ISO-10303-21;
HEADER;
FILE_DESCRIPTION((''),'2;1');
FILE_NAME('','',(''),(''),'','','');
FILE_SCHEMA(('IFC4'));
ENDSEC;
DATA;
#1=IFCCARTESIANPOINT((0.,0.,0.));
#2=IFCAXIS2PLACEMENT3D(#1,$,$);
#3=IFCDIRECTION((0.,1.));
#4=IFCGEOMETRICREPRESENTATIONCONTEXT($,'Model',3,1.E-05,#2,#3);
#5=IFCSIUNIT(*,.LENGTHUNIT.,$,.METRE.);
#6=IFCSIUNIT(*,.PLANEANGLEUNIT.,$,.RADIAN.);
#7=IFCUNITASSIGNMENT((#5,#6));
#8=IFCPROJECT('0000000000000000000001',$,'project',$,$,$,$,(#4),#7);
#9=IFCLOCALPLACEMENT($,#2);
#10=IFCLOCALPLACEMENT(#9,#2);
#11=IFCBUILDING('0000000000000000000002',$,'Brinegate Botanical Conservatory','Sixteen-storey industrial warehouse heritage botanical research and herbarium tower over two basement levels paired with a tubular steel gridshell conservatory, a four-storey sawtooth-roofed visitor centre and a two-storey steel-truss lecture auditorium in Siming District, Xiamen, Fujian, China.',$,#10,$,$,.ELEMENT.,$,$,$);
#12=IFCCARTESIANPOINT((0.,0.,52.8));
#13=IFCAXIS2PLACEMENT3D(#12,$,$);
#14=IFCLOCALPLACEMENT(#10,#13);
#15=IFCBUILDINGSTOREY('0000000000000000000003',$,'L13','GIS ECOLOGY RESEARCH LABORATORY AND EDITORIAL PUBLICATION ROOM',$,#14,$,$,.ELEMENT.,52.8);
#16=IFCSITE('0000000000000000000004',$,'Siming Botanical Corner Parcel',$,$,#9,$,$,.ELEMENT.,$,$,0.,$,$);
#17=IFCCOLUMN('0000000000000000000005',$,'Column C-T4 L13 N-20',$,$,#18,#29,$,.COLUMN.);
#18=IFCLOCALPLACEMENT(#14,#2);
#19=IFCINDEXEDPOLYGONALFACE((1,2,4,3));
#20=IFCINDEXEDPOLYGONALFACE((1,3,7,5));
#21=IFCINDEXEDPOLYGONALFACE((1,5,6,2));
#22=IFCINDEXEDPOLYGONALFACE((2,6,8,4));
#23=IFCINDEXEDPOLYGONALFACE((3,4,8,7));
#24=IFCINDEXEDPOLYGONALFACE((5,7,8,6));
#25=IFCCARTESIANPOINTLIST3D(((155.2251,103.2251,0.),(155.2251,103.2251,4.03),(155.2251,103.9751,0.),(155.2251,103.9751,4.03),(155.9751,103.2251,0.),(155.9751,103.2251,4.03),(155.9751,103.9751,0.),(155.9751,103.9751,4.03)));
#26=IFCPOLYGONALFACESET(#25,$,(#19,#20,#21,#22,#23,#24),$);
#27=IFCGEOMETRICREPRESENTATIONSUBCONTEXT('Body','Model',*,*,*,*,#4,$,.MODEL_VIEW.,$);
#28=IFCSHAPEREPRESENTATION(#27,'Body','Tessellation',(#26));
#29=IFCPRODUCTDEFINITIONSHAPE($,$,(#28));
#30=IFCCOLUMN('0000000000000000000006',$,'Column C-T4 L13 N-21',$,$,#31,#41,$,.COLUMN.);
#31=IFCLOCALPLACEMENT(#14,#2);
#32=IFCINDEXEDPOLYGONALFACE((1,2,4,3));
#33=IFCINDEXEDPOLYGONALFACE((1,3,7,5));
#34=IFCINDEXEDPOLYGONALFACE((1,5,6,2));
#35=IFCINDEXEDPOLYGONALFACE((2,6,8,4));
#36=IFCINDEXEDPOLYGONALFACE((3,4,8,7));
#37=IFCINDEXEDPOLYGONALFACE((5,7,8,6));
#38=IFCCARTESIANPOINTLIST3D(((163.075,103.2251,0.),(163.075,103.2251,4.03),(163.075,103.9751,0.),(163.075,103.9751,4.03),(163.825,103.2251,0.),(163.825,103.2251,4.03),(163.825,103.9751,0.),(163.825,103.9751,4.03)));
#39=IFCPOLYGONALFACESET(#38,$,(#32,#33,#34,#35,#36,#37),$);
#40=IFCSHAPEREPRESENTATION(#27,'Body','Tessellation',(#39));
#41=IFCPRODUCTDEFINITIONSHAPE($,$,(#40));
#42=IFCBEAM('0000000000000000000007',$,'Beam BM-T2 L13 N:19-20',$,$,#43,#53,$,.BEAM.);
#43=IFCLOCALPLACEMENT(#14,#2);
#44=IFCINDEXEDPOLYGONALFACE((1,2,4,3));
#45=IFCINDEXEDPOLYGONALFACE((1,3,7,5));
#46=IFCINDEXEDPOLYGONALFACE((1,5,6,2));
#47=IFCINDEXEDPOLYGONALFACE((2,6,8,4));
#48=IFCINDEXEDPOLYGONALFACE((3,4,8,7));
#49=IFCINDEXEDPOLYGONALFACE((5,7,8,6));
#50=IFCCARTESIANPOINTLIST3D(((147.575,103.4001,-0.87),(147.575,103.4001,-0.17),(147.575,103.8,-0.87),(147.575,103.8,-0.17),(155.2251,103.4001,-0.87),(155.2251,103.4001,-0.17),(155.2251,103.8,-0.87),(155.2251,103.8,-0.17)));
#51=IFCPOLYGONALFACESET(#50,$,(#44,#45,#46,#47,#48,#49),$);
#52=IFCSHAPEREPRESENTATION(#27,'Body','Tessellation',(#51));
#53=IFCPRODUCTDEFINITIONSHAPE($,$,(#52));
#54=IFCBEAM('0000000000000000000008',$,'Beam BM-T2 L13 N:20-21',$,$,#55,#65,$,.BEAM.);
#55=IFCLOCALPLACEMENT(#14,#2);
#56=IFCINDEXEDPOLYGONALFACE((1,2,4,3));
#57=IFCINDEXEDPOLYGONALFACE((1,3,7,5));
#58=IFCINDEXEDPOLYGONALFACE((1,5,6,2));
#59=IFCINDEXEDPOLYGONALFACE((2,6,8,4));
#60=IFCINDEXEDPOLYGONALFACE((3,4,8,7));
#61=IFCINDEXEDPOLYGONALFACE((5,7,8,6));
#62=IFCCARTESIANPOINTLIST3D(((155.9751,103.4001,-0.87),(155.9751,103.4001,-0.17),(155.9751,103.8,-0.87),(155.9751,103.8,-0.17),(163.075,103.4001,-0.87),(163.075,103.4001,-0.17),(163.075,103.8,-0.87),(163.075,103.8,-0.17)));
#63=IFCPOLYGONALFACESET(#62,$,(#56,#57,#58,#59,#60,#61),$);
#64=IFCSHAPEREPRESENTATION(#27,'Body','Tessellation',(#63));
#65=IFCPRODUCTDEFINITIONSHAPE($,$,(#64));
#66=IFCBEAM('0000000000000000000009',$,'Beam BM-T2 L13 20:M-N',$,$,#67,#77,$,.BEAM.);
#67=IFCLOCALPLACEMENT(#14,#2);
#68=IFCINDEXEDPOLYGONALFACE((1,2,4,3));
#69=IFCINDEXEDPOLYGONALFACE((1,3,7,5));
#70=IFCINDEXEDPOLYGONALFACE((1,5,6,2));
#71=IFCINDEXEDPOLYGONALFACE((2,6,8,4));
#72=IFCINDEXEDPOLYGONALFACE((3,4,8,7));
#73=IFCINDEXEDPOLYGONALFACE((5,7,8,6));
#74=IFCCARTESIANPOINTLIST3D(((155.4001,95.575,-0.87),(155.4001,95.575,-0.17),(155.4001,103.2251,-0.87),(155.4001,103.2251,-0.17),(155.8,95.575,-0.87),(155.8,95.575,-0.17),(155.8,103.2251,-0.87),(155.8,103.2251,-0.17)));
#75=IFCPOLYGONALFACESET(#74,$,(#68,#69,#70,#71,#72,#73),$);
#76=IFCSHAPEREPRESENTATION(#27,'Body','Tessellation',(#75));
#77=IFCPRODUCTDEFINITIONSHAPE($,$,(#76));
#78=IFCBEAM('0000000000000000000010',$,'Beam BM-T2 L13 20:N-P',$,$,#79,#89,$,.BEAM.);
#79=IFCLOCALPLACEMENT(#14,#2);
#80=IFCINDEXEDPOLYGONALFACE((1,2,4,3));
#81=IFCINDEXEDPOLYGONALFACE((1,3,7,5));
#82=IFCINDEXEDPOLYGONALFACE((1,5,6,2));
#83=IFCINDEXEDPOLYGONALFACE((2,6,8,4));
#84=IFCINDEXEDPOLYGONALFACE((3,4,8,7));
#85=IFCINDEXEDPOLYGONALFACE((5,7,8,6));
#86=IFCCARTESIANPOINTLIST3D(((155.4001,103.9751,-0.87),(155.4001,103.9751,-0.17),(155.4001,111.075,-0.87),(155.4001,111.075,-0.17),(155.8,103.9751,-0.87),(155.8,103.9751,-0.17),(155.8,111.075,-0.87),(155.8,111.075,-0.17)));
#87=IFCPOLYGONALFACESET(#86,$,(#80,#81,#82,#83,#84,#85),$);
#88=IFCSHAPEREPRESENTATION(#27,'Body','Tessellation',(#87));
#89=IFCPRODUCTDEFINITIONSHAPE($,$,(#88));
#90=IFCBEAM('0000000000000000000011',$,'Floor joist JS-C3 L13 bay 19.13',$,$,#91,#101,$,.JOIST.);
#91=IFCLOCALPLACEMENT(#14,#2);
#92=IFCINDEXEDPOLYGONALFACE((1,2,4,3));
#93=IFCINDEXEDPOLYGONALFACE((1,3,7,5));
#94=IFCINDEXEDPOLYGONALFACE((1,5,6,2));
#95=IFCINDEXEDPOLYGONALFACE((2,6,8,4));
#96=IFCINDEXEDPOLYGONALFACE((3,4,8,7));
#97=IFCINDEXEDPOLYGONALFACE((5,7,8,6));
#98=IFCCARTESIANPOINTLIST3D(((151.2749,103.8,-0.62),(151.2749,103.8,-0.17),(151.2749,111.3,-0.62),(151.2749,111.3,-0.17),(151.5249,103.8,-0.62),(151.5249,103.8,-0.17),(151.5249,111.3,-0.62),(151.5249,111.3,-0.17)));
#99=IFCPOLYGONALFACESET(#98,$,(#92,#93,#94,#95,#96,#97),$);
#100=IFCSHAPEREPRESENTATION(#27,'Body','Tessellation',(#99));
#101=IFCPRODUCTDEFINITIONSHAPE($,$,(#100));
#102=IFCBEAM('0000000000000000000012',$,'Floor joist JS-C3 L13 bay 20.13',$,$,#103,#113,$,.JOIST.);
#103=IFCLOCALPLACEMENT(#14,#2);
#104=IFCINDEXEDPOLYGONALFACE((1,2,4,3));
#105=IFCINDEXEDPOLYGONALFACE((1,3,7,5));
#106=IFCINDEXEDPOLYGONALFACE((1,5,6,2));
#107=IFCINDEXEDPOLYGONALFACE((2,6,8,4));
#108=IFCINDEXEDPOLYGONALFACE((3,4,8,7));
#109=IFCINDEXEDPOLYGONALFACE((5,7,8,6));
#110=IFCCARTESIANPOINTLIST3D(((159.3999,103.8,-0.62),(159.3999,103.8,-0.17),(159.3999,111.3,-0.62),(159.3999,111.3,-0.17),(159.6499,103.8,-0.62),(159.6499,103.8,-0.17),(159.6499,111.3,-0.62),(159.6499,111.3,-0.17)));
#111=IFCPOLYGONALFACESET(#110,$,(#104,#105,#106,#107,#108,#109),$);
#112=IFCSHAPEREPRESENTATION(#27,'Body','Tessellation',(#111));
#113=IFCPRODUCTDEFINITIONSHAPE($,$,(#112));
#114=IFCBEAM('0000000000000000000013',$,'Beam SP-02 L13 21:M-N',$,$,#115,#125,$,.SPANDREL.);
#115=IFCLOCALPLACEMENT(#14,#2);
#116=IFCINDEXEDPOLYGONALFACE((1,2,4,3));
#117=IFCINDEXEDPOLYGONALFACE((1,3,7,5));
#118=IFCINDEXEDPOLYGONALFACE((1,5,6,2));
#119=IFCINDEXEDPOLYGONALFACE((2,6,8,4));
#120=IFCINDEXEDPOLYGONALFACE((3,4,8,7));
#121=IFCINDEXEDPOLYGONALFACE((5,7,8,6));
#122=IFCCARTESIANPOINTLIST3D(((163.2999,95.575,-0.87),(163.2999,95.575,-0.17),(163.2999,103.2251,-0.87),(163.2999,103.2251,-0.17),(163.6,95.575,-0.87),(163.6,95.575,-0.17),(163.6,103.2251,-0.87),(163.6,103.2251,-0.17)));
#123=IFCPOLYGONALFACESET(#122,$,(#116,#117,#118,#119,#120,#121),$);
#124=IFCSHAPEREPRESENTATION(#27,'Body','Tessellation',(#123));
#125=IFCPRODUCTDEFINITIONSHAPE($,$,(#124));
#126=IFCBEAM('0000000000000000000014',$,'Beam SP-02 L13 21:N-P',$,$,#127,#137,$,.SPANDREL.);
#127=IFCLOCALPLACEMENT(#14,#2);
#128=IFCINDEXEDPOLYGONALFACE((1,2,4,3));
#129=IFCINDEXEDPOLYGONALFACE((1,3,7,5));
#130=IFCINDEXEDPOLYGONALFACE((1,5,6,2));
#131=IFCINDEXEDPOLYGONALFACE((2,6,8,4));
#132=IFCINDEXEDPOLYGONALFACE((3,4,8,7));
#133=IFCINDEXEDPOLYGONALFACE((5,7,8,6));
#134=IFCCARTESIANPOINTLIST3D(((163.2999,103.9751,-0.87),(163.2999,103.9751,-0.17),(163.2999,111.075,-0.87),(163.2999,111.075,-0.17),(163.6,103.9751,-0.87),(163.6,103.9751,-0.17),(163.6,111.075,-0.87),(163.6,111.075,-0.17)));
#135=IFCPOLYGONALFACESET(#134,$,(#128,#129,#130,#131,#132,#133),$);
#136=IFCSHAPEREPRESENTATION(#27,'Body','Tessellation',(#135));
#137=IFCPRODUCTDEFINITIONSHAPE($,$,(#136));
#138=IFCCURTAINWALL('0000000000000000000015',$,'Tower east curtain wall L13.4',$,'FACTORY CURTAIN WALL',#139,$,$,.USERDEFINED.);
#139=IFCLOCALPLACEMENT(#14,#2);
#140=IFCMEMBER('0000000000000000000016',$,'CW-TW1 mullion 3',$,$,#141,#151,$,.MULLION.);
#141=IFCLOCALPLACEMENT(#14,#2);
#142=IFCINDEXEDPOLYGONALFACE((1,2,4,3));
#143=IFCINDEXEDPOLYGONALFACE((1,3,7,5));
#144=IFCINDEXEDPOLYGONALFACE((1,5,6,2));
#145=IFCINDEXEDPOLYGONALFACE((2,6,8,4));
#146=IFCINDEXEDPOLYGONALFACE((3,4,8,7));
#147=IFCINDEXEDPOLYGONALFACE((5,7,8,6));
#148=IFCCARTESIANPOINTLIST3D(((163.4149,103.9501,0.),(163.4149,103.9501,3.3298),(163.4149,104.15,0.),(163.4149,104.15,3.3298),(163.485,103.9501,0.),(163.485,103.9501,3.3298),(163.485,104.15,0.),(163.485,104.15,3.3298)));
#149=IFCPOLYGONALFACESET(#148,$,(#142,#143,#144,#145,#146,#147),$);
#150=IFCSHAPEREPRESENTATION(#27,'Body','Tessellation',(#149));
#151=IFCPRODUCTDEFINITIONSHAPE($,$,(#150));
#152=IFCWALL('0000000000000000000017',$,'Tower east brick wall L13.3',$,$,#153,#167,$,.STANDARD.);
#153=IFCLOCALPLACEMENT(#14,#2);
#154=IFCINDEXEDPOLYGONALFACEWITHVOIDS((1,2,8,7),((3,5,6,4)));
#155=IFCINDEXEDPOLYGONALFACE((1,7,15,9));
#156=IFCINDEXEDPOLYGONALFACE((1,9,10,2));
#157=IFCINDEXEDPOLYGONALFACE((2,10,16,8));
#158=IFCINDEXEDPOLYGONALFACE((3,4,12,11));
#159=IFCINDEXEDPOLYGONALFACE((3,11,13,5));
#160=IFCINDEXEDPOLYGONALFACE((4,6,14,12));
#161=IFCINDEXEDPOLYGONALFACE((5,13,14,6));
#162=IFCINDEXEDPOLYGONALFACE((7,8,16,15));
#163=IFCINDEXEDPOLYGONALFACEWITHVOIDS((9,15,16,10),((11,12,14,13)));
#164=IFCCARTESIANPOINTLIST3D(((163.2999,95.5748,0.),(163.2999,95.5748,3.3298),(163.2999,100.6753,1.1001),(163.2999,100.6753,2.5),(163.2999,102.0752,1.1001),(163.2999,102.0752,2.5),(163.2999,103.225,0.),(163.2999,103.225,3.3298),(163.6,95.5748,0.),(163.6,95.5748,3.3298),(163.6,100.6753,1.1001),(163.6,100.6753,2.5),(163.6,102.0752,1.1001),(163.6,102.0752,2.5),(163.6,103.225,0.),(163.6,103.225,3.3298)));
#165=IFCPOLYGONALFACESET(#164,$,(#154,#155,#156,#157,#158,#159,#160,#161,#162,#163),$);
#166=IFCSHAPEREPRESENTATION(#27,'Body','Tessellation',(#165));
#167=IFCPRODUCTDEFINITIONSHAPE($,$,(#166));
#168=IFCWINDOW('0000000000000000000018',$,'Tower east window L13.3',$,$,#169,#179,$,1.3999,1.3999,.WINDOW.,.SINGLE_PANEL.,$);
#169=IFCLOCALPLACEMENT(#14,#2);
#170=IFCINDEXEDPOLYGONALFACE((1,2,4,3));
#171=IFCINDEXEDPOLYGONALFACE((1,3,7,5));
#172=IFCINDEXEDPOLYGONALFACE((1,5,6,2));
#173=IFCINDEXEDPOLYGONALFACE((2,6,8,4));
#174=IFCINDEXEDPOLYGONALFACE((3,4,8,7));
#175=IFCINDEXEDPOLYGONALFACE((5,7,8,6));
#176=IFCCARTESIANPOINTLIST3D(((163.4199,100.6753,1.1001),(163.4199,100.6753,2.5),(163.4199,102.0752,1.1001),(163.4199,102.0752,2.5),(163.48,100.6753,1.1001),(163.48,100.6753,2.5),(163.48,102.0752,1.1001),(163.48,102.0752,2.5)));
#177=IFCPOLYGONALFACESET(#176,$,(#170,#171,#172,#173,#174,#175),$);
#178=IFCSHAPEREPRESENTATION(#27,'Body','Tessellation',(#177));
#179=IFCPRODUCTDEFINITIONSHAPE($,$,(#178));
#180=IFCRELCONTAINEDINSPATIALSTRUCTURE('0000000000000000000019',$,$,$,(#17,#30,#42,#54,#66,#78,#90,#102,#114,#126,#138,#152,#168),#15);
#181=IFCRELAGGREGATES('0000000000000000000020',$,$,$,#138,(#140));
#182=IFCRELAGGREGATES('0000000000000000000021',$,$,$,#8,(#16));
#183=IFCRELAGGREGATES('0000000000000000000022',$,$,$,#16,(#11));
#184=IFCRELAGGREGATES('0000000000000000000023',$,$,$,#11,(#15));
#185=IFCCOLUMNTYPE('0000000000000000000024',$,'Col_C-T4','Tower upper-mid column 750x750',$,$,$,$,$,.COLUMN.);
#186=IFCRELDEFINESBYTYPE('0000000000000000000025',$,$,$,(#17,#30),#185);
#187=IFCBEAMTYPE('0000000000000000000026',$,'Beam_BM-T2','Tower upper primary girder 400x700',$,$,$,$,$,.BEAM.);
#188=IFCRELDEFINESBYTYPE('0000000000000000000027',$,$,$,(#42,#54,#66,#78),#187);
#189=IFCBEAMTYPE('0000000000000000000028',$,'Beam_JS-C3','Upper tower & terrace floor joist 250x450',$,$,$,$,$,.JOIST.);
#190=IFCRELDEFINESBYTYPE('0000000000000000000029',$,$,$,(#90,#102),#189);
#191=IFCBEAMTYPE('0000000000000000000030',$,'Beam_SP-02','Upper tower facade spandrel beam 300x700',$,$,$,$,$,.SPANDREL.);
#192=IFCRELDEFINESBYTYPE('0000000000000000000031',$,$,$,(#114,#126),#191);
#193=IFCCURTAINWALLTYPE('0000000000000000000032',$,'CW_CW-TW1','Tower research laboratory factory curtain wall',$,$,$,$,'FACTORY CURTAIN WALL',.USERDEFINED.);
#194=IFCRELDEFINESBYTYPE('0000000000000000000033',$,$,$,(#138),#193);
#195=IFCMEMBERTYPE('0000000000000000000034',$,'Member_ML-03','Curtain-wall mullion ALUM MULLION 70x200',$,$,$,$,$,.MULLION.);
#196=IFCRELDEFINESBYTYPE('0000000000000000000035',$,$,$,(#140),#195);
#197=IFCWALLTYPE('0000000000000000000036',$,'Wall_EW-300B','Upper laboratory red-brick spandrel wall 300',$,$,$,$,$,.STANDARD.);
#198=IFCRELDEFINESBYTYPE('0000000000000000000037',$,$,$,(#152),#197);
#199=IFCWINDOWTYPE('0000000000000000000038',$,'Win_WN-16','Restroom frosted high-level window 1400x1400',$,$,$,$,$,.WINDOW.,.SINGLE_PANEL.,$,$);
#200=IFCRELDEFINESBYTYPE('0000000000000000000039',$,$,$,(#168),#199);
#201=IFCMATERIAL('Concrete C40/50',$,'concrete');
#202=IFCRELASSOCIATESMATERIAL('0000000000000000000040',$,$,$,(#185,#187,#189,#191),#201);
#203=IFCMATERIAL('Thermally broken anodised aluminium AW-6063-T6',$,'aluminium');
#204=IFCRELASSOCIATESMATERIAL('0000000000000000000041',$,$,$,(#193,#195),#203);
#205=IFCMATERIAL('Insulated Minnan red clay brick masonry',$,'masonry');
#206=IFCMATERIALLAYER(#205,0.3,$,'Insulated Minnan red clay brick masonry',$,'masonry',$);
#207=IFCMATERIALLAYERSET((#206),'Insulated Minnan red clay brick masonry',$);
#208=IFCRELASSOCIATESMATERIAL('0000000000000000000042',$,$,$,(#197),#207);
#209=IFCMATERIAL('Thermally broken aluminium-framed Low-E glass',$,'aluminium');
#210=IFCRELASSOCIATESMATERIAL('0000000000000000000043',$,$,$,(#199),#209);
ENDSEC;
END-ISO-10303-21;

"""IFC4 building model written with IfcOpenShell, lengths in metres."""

from ifc_helpers import new_model, si_unit, direction, frame, frame_2d, origin, origin_2d, place, context, subcontext, project, spatial, rectangle, extrude, material, layer, layer_set, material_profile, profile_set, type_object, element, fill, aggregate, save


model = new_model("IFC4")

# Units and contexts
model_context = context("Model", 3, precision=1e-05, world=origin(), true_north=direction((0.0, 1.0)))
body_context = subcontext(model_context, "Body", "Model", "MODEL_VIEW")
ifc_project = project(units=[si_unit("LENGTHUNIT", "METRE"), si_unit("PLANEANGLEUNIT", "RADIAN")], contexts=[model_context])

# Site, building, storey
site_placement = place(None, origin())
site = spatial("IfcSite", under=ifc_project, at=site_placement, Name="Siming Botanical Corner Parcel", CompositionType="ELEMENT", RefElevation=0.0)
building_placement = place(site_placement, origin())
building = spatial("IfcBuilding", under=site, at=building_placement, Name="Brinegate Botanical Conservatory", Description="Sixteen-storey industrial warehouse heritage botanical research and herbarium tower over two basement levels paired with a tubular steel gridshell conservatory, a four-storey sawtooth-roofed visitor centre and a two-storey steel-truss lecture auditorium in Siming District, Xiamen, Fujian, China.", CompositionType="ELEMENT")
storey_placement = place(building_placement, frame((0.0, 0.0, 52.8)))
storey = spatial("IfcBuildingStorey", under=building, at=storey_placement, Name="L13", Description="GIS ECOLOGY RESEARCH LABORATORY AND EDITORIAL PUBLICATION ROOM", CompositionType="ELEMENT", Elevation=52.8)

# Columns
ifc_material_1 = material(Name="Concrete C40/50", Category="concrete")
ifc_material_profile_1 = material_profile(ifc_material_1, rectangle(XDim=0.75, YDim=0.75, at=origin_2d()), Name="RC COL 750x750")
ifc_profile_set_1 = profile_set([ifc_material_profile_1], Name="Concrete C40/50")
column_type = type_object("IfcColumnType", Name="Col_C-T4", Description="Tower upper-mid column 750x750", PredefinedType="COLUMN", material=ifc_profile_set_1)
for number, where, z_axis, x_axis, name in (
    (1, (155.6001, 103.6001, 0.0), (0.0, 0.0, 1.0), (1.0, 0.0, 0.0), "Column C-T4 L13 N-20"),
    (2, (163.45, 103.6001, 0.0), (0.0, 0.0, 1.0), (1.0, 0.0, 0.0), "Column C-T4 L13 N-21"),
):
    element("IfcColumn", number, at=place(storey_placement, frame(where, z_axis=z_axis, x_axis=x_axis)), inside=storey, type_object=column_type, Name=name, PredefinedType="COLUMN", context=body_context, shape_type="SweptSolid", body=[
        extrude(rectangle(XDim=0.75, YDim=0.75, at=origin_2d()), origin(), (0.0, 0.0, 1.0), 4.03),
    ])

# Beams
ifc_material_profile_2 = material_profile(ifc_material_1, rectangle(XDim=0.3999, YDim=0.7, at=origin_2d()), Name="RC BM 400x700")
ifc_profile_set_2 = profile_set([ifc_material_profile_2], Name="Concrete C40/50")
beam_type_1 = type_object("IfcBeamType", Name="Beam_BM-T2", Description="Tower upper primary girder 400x700", PredefinedType="BEAM", material=ifc_profile_set_2)
beam_1_placement = place(storey_placement, frame((147.575, 103.6001, -0.52), z_axis=(1.0, 0.0, 0.0), x_axis=(0.0, 1.0, 0.0)))
element("IfcBeam", 3, at=beam_1_placement, inside=storey, type_object=beam_type_1, Name="Beam BM-T2 L13 N:19-20", PredefinedType="BEAM", context=body_context, shape_type="SweptSolid", body=[
    extrude(rectangle(XDim=0.3999, YDim=0.7, at=origin_2d()), origin(), (0.0, 0.0, 1.0), 7.6501),
])
beam_2_placement = place(storey_placement, frame((155.9751, 103.6001, -0.52), z_axis=(1.0, 0.0, 0.0), x_axis=(0.0, 1.0, 0.0)))
element("IfcBeam", 4, at=beam_2_placement, inside=storey, type_object=beam_type_1, Name="Beam BM-T2 L13 N:20-21", PredefinedType="BEAM", context=body_context, shape_type="SweptSolid", body=[
    extrude(rectangle(XDim=0.3999, YDim=0.7, at=origin_2d()), origin(), (0.0, 0.0, 1.0), 7.0999),
])
beam_3_placement = place(storey_placement, frame((155.6001, 95.575, -0.52), z_axis=(0.0, 1.0, 0.0), x_axis=(-1.0, 0.0, 0.0)))
element("IfcBeam", 5, at=beam_3_placement, inside=storey, type_object=beam_type_1, Name="Beam BM-T2 L13 20:M-N", PredefinedType="BEAM", context=body_context, shape_type="SweptSolid", body=[
    extrude(rectangle(XDim=0.3999, YDim=0.7, at=origin_2d()), origin(), (0.0, 0.0, 1.0), 7.6501),
])
beam_4_placement = place(storey_placement, frame((155.6001, 103.9751, -0.52), z_axis=(0.0, 1.0, 0.0), x_axis=(-1.0, 0.0, 0.0)))
element("IfcBeam", 6, at=beam_4_placement, inside=storey, type_object=beam_type_1, Name="Beam BM-T2 L13 20:N-P", PredefinedType="BEAM", context=body_context, shape_type="SweptSolid", body=[
    extrude(rectangle(XDim=0.3999, YDim=0.7, at=origin_2d()), origin(), (0.0, 0.0, 1.0), 7.0999),
])
ifc_material_profile_3 = material_profile(ifc_material_1, rectangle(XDim=0.25, YDim=0.45, at=origin_2d()), Name="RC JST 250x450")
ifc_profile_set_3 = profile_set([ifc_material_profile_3], Name="Concrete C40/50")
beam_type_2 = type_object("IfcBeamType", Name="Beam_JS-C3", Description="Upper tower & terrace floor joist 250x450", PredefinedType="JOIST", material=ifc_profile_set_3)
for number, where, z_axis, x_axis, name in (
    (7, (151.3999, 103.8, -0.395), (0.0, 1.0, 0.0), (-1.0, 0.0, 0.0), "Floor joist JS-C3 L13 bay 19.13"),
    (8, (159.5249, 103.8, -0.395), (0.0, 1.0, 0.0), (-1.0, 0.0, 0.0), "Floor joist JS-C3 L13 bay 20.13"),
):
    element("IfcBeam", number, at=place(storey_placement, frame(where, z_axis=z_axis, x_axis=x_axis)), inside=storey, type_object=beam_type_2, Name=name, PredefinedType="JOIST", context=body_context, shape_type="SweptSolid", body=[
        extrude(rectangle(XDim=0.25, YDim=0.45, at=origin_2d()), origin(), (0.0, 0.0, 1.0), 7.5),
    ])
ifc_material_profile_4 = material_profile(ifc_material_1, rectangle(XDim=0.3, YDim=0.7, at=origin_2d()), Name="RC SPN 300x700")
ifc_profile_set_4 = profile_set([ifc_material_profile_4], Name="Concrete C40/50")
beam_type_3 = type_object("IfcBeamType", Name="Beam_SP-02", Description="Upper tower facade spandrel beam 300x700", PredefinedType="SPANDREL", material=ifc_profile_set_4)
beam_5_placement = place(storey_placement, frame((163.45, 95.575, -0.52), z_axis=(0.0, 1.0, 0.0), x_axis=(-1.0, 0.0, 0.0)))
element("IfcBeam", 9, at=beam_5_placement, inside=storey, type_object=beam_type_3, Name="Beam SP-02 L13 21:M-N", PredefinedType="SPANDREL", context=body_context, shape_type="SweptSolid", body=[
    extrude(rectangle(XDim=0.3, YDim=0.7, at=origin_2d()), origin(), (0.0, 0.0, 1.0), 7.6501),
])
beam_6_placement = place(storey_placement, frame((163.45, 103.9751, -0.52), z_axis=(0.0, 1.0, 0.0), x_axis=(-1.0, 0.0, 0.0)))
element("IfcBeam", 10, at=beam_6_placement, inside=storey, type_object=beam_type_3, Name="Beam SP-02 L13 21:N-P", PredefinedType="SPANDREL", context=body_context, shape_type="SweptSolid", body=[
    extrude(rectangle(XDim=0.3, YDim=0.7, at=origin_2d()), origin(), (0.0, 0.0, 1.0), 7.0999),
])

# Curtain wall, member
ifc_material_2 = material(Name="Thermally broken anodised aluminium AW-6063-T6", Category="aluminium")
curtain_wall_type = type_object("IfcCurtainWallType", Name="CW_CW-TW1", Description="Tower research laboratory factory curtain wall", ElementType="FACTORY CURTAIN WALL", PredefinedType="USERDEFINED", material=ifc_material_2)
curtain_wall_placement = place(storey_placement, origin())
curtain_wall = element("IfcCurtainWall", 11, at=curtain_wall_placement, inside=storey, type_object=curtain_wall_type, Name="Tower east curtain wall L13.4", ObjectType="FACTORY CURTAIN WALL", PredefinedType="USERDEFINED")
ifc_material_profile_5 = material_profile(ifc_material_2, rectangle(XDim=0.0701, YDim=0.2, at=origin_2d()), Name="ALUM MULLION 70x200")
ifc_profile_set_5 = profile_set([ifc_material_profile_5], Name="Thermally broken anodised aluminium AW-6063-T6")
member_type = type_object("IfcMemberType", Name="Member_ML-03", Description="Curtain-wall mullion ALUM MULLION 70x200", PredefinedType="MULLION", material=ifc_profile_set_5)
member_placement = place(storey_placement, frame((163.45, 104.05, 0.0), z_axis=(0.0, 0.0, 1.0), x_axis=(1.0, 0.0, 0.0)))
member = element("IfcMember", 12, at=member_placement, type_object=member_type, Name="CW-TW1 mullion 3", PredefinedType="MULLION", context=body_context, shape_type="SweptSolid", body=[
    extrude(rectangle(XDim=0.0701, YDim=0.2, at=origin_2d()), origin(), (0.0, 0.0, 1.0), 3.3298),
])
aggregate(curtain_wall, [member])

# Wall, opening, window
ifc_material_3 = material(Name="Insulated Minnan red clay brick masonry", Category="masonry")
ifc_layer_1 = layer(ifc_material_3, 0.3, Name="Insulated Minnan red clay brick masonry", Category="masonry")
ifc_layer_set_1 = layer_set([ifc_layer_1], Name="Insulated Minnan red clay brick masonry")
wall_type_1 = type_object("IfcWallType", Name="Wall_EW-300B", Description="Upper laboratory red-brick spandrel wall 300", PredefinedType="STANDARD", material=ifc_layer_set_1)
wall_1_placement = place(storey_placement, frame((163.45, 103.2251, 0.0), z_axis=(0.0, 0.0, 1.0), x_axis=(0.0, -1.0, 0.0)))
wall_1 = element("IfcWall", 13, at=wall_1_placement, inside=storey, type_object=wall_type_1, Name="Tower east brick wall L13.3", PredefinedType="STANDARD", context=body_context, shape_type="SweptSolid", body=[
    extrude(rectangle(XDim=7.6501, YDim=0.3, at=frame_2d((3.8252, 0.0))), origin(), (0.0, 0.0, 1.0), 3.3298),
])
opening_1_placement = place(wall_1_placement, frame((1.1499, 0.0, 1.1001)))
opening_1 = element("IfcOpeningElement", 14, at=opening_1_placement, cuts=wall_1, PredefinedType="OPENING", context=body_context, shape_type="SweptSolid", body=[
    extrude(rectangle(XDim=1.3999, YDim=1.3999, at=frame_2d((0.7, 0.7))), frame((0.0, 0.1599, 0.0), z_axis=(0.0, -1.0, 0.0), x_axis=(1.0, 0.0, 0.0)), (0.0, 0.0, 1.0), 0.3201),
])
ifc_material_4 = material(Name="Thermally broken aluminium-framed Low-E glass", Category="aluminium")
window_type = type_object("IfcWindowType", Name="Win_WN-16", Description="Restroom frosted high-level window 1400x1400", PartitioningType="SINGLE_PANEL", PredefinedType="WINDOW", material=ifc_material_4)
window_placement = place(opening_1_placement, origin())
window = element("IfcWindow", 15, at=window_placement, inside=storey, type_object=window_type, Name="Tower east window L13.3", OverallHeight=1.3999, OverallWidth=1.3999, PartitioningType="SINGLE_PANEL", PredefinedType="WINDOW", context=body_context, shape_type="SweptSolid", body=[
    extrude(rectangle(XDim=1.3999, YDim=1.3999, at=frame_2d((0.7, 0.7))), frame((0.0, 0.03, 0.0), z_axis=(0.0, -1.0, 0.0), x_axis=(1.0, 0.0, 0.0)), (0.0, 0.0, 1.0), 0.0601),
])
fill(opening_1, window)

save(model, "model.ifc")
